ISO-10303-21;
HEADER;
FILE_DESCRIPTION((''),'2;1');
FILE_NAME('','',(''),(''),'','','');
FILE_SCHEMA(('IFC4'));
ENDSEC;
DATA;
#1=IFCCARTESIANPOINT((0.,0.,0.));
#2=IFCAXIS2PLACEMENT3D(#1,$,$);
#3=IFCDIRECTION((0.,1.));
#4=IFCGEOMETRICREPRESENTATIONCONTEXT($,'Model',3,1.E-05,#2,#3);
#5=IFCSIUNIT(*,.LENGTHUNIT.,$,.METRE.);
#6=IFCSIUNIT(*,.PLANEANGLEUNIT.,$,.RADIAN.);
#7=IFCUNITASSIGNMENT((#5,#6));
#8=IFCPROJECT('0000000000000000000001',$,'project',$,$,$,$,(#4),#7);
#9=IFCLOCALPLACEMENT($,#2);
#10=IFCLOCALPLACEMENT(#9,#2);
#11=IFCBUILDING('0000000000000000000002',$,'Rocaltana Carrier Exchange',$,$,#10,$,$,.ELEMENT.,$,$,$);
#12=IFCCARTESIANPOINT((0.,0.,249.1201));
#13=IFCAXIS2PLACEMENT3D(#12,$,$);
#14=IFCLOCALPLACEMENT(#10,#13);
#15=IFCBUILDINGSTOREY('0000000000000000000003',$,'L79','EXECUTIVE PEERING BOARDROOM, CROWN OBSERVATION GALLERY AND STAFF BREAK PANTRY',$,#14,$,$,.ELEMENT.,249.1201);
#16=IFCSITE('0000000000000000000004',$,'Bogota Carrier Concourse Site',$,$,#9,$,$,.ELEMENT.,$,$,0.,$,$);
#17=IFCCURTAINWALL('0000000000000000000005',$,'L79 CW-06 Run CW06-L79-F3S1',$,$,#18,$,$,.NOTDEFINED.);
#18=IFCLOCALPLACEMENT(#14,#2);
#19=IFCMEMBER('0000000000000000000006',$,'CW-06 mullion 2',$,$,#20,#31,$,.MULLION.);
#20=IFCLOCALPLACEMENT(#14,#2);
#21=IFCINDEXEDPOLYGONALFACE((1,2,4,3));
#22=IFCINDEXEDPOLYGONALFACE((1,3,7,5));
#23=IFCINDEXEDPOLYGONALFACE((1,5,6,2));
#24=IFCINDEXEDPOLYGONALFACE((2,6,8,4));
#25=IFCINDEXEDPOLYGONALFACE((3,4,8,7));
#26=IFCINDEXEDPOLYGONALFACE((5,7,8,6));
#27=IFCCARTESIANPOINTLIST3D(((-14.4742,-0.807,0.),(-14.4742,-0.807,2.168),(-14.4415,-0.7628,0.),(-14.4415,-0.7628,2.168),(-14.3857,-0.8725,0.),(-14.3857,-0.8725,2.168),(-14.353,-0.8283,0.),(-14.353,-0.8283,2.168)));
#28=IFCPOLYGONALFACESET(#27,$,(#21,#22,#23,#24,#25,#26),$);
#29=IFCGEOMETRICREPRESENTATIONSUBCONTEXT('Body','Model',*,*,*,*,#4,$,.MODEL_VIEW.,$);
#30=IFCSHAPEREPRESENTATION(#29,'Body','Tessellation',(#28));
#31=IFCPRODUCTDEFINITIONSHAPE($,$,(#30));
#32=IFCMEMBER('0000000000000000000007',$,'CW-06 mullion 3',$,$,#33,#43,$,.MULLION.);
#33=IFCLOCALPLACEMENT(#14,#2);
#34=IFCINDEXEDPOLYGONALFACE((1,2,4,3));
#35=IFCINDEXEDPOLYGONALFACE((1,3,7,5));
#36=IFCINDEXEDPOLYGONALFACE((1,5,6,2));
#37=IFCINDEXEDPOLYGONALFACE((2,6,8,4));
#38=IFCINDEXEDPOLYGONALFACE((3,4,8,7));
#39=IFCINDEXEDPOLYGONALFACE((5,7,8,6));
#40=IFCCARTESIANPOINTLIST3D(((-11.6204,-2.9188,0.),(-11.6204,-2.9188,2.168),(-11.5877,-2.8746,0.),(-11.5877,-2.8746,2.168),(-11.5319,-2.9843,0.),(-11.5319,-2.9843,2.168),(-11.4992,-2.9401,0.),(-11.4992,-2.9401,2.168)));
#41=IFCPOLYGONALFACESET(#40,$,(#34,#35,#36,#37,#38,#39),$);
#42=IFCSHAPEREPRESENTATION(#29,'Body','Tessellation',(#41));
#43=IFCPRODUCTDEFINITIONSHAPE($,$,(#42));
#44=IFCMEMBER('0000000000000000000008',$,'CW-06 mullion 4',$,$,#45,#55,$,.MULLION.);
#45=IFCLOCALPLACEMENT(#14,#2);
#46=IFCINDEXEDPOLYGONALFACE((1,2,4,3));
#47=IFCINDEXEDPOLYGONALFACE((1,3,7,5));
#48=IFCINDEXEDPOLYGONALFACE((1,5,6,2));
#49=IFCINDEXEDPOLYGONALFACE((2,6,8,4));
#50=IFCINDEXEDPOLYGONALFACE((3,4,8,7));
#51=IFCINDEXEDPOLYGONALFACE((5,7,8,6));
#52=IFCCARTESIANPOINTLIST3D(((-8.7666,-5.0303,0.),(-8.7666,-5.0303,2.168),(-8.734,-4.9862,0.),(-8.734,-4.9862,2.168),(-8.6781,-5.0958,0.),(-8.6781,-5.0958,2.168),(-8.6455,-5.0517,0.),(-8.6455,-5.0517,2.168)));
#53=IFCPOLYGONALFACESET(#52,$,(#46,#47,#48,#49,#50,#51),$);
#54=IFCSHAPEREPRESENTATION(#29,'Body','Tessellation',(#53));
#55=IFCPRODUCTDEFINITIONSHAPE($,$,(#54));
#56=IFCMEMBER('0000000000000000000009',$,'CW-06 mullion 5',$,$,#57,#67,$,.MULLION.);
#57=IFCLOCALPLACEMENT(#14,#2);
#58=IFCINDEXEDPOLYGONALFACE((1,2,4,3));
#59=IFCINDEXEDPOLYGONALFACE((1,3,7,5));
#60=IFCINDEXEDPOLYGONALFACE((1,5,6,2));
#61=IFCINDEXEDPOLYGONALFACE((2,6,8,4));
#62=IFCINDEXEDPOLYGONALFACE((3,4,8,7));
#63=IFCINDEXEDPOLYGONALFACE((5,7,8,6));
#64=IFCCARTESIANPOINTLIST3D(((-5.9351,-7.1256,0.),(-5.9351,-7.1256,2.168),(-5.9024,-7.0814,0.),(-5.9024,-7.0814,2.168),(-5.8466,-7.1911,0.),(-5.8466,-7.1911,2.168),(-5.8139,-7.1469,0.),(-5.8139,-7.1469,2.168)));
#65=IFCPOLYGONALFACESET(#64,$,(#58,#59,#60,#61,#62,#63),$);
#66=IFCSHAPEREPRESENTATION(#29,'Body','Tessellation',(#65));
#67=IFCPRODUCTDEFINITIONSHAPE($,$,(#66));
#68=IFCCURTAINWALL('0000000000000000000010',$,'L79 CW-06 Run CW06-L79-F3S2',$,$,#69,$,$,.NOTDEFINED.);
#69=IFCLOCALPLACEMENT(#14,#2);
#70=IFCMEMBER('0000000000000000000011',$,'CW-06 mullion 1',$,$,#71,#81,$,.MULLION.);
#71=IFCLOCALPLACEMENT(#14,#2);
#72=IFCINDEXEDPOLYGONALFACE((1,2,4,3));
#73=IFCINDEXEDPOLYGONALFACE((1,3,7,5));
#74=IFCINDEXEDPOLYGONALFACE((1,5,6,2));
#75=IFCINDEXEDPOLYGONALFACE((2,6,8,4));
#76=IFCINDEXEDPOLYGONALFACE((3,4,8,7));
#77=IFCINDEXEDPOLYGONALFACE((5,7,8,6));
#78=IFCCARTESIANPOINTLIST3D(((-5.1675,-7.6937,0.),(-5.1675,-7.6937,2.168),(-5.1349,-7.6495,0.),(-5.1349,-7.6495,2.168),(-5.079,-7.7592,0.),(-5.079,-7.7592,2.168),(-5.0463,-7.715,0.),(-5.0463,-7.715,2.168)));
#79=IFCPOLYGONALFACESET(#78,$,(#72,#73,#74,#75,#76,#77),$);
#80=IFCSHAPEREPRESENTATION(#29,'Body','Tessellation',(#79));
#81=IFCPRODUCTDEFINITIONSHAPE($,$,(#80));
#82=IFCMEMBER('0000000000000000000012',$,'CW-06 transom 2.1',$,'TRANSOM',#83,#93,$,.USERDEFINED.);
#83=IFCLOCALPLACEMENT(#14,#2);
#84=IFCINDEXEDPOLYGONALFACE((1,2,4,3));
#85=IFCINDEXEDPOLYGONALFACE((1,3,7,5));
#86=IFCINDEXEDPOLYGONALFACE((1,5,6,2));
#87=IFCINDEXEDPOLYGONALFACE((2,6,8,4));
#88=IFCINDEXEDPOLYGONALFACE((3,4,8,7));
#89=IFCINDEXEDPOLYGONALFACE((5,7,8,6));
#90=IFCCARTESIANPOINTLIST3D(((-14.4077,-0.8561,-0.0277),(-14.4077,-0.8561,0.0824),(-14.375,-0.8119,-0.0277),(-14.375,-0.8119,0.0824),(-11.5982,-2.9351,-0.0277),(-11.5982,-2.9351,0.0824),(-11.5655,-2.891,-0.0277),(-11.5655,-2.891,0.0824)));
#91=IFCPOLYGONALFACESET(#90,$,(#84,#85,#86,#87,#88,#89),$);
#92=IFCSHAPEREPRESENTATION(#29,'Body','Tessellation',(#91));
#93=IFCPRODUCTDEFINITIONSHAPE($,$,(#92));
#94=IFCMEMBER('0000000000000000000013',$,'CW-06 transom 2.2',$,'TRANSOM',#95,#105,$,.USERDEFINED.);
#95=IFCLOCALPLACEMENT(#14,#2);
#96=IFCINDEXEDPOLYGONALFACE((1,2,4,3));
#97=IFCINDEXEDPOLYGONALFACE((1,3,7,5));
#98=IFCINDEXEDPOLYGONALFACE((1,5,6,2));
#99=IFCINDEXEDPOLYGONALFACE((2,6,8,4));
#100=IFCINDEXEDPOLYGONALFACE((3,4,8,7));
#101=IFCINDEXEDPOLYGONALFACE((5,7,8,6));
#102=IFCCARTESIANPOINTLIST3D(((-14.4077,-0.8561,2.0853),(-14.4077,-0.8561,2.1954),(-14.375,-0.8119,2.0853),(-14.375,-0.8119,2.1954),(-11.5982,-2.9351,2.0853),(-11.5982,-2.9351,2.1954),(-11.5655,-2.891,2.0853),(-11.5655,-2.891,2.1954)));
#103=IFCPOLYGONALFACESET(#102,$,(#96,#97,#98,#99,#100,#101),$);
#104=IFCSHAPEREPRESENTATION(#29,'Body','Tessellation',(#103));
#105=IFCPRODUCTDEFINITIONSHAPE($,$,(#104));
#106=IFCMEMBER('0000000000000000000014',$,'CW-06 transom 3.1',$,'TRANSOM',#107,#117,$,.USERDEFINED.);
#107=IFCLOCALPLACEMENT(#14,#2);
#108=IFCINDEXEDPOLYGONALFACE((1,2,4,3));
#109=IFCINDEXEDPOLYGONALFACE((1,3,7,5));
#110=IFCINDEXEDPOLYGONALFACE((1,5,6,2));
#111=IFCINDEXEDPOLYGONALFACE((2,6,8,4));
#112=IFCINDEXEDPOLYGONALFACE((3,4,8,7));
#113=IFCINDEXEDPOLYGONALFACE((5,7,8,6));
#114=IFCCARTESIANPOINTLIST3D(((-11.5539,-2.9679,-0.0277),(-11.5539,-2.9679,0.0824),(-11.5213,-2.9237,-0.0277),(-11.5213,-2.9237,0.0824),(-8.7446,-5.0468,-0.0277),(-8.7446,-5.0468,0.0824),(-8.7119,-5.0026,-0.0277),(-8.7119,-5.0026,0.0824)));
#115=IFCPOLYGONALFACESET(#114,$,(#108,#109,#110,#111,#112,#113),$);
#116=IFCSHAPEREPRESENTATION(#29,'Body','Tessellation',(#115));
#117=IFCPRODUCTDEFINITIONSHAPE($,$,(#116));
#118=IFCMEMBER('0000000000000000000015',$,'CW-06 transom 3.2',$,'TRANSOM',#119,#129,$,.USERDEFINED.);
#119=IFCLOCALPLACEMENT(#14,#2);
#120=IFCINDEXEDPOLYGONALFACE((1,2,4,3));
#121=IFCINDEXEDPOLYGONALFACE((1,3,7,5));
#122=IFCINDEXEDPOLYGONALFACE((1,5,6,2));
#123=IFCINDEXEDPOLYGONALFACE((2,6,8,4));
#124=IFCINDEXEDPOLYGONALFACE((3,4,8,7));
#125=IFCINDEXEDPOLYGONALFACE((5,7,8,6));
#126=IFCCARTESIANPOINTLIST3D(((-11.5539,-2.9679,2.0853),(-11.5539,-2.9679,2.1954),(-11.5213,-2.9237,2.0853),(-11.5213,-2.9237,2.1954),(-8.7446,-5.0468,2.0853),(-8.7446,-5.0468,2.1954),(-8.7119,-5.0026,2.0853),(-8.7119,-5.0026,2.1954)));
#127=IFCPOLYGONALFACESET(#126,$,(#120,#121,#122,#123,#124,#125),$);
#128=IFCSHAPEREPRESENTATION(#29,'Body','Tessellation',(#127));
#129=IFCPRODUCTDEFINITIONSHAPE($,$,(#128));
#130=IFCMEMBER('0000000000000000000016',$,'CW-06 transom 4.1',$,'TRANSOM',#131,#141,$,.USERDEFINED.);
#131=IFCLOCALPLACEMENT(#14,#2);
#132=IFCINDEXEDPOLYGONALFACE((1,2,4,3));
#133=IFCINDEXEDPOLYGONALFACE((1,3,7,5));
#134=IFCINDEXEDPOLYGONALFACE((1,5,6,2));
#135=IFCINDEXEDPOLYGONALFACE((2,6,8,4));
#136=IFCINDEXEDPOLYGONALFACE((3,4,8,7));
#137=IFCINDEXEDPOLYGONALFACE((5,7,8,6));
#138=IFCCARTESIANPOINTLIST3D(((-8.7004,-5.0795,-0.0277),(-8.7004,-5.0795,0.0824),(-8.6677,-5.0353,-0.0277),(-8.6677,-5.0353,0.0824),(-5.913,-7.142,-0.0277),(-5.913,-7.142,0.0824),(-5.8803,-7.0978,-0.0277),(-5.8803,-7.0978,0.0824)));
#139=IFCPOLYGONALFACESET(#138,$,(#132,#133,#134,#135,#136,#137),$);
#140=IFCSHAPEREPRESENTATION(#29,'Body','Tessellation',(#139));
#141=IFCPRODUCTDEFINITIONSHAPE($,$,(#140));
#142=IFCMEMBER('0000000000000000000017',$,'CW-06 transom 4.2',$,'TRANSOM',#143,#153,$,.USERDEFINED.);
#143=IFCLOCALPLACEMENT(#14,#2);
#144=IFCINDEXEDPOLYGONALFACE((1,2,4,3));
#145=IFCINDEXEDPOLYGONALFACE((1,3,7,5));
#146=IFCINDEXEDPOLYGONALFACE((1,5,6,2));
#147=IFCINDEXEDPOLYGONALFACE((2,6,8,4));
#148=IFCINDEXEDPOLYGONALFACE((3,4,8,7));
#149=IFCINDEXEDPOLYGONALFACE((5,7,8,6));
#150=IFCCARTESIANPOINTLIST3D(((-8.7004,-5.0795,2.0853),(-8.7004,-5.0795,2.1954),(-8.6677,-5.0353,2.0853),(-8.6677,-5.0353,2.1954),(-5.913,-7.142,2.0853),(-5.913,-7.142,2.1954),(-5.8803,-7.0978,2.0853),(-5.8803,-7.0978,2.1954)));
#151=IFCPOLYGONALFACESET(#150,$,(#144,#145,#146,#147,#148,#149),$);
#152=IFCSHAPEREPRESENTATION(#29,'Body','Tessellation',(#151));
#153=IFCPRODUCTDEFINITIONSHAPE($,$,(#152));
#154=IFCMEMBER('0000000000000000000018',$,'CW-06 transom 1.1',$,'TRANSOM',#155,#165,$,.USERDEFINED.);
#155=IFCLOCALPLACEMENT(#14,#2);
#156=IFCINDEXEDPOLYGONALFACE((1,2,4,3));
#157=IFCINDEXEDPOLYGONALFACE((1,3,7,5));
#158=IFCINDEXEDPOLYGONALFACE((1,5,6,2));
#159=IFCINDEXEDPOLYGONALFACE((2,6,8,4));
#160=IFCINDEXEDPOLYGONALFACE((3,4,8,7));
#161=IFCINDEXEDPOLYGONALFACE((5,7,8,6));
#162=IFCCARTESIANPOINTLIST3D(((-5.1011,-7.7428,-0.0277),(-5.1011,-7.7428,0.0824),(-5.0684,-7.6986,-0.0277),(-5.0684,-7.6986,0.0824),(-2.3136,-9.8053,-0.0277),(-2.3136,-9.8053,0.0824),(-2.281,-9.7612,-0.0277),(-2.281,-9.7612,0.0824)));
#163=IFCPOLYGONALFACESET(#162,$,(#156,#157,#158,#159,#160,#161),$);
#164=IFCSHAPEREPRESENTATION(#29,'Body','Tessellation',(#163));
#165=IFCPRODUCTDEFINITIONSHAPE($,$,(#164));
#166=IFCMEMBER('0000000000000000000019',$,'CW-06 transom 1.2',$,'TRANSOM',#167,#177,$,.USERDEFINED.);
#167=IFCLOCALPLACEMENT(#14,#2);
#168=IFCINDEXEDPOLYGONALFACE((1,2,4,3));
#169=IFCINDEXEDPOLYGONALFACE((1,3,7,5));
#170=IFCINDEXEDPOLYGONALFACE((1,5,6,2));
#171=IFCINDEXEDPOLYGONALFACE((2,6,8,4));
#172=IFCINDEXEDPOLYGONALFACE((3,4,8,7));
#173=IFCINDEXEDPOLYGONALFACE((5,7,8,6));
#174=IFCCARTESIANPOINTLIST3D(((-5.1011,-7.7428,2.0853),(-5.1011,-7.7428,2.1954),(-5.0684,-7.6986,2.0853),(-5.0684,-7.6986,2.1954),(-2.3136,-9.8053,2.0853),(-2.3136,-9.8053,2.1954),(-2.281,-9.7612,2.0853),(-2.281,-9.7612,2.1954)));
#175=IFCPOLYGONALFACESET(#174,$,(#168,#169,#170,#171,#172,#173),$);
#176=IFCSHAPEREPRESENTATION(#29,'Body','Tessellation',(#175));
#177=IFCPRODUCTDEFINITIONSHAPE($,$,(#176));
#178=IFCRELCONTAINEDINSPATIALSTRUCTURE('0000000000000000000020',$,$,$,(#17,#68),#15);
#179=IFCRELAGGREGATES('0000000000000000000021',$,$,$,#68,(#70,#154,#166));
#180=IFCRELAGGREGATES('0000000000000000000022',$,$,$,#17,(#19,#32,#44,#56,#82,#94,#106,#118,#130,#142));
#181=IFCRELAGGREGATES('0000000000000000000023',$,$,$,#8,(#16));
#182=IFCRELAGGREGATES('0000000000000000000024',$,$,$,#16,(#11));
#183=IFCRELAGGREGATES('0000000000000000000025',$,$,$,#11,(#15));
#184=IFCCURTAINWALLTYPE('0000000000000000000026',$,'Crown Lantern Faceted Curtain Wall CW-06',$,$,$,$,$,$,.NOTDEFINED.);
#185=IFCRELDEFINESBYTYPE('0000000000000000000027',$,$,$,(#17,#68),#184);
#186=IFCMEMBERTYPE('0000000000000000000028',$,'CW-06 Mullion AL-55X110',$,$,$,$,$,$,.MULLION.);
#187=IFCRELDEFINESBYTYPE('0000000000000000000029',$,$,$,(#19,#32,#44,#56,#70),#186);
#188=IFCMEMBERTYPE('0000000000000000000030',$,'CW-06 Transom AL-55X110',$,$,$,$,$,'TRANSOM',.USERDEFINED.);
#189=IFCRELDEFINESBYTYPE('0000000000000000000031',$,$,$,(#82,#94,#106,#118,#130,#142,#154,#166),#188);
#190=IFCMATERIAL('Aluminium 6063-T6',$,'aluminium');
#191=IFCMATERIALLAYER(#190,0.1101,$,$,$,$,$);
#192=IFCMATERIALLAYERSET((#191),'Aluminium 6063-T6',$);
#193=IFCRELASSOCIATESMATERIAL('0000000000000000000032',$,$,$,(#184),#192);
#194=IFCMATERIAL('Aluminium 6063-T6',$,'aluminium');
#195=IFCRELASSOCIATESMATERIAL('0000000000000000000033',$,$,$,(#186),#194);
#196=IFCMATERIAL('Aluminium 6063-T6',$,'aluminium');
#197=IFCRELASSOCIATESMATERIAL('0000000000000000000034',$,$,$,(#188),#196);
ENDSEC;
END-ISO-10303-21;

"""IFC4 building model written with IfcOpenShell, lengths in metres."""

from ifc_helpers import new_model, si_unit, direction, frame, origin, origin_2d, place, context, subcontext, project, spatial, rectangle, extrude, material, layer, layer_set, material_profile, profile_set, type_object, element, aggregate, save


model = new_model("IFC4")

# Units and contexts
model_context = context("Model", 3, precision=1e-05, world=origin(), true_north=direction((0.0, 1.0)))
body_context = subcontext(model_context, "Body", "Model", "MODEL_VIEW")
ifc_project = project(units=[si_unit("LENGTHUNIT", "METRE"), si_unit("PLANEANGLEUNIT", "RADIAN")], contexts=[model_context])

# Site, building, storey
site_placement = place(None, origin())
site = spatial("IfcSite", under=ifc_project, at=site_placement, Name="Bogota Carrier Concourse Site", CompositionType="ELEMENT", RefElevation=0.0)
building_placement = place(site_placement, origin())
building = spatial("IfcBuilding", under=site, at=building_placement, Name="Rocaltana Carrier Exchange", CompositionType="ELEMENT")
storey_placement = place(building_placement, frame((0.0, 0.0, 249.1201)))
storey = spatial("IfcBuildingStorey", under=building, at=storey_placement, Name="L79", Description="EXECUTIVE PEERING BOARDROOM, CROWN OBSERVATION GALLERY AND STAFF BREAK PANTRY", CompositionType="ELEMENT", Elevation=249.1201)

# Curtain wall, members
ifc_material_1 = material(Name="Aluminium 6063-T6", Category="aluminium")
ifc_layer_1 = layer(ifc_material_1, 0.1101)
ifc_layer_set_1 = layer_set([ifc_layer_1], Name="Aluminium 6063-T6")
curtain_wall_type = type_object("IfcCurtainWallType", Name="Crown Lantern Faceted Curtain Wall CW-06", PredefinedType="NOTDEFINED", material=ifc_layer_set_1)
curtain_wall_1_placement = place(storey_placement, origin())
curtain_wall_1 = element("IfcCurtainWall", 1, at=curtain_wall_1_placement, inside=storey, type_object=curtain_wall_type, Name="L79 CW-06 Run CW06-L79-F3S1", PredefinedType="NOTDEFINED")
ifc_material_2 = material(Name="Aluminium 6063-T6", Category="aluminium")
ifc_material_profile_1 = material_profile(ifc_material_2, rectangle(XDim=0.0549, YDim=0.1101, at=origin_2d()), Name="AL-55X110")
ifc_profile_set_1 = profile_set([ifc_material_profile_1], Name="Aluminium 6063-T6")
member_type_1 = type_object("IfcMemberType", Name="CW-06 Mullion AL-55X110", PredefinedType="MULLION", material=ifc_profile_set_1)
member_1_placement = place(storey_placement, frame((-14.4136, -0.8176, 0.0), z_axis=(0.0, 0.0, 1.0), x_axis=(0.594822, 0.803857, 0.0)))
member_1 = element("IfcMember", 2, at=member_1_placement, type_object=member_type_1, Name="CW-06 mullion 2", PredefinedType="MULLION", context=body_context, shape_type="SweptSolid", body=[
    extrude(rectangle(XDim=0.0549, YDim=0.1101, at=origin_2d()), origin(), (0.0, 0.0, 1.0), 2.168),
])
member_2_placement = place(storey_placement, frame((-11.5598, -2.9294, 0.0), z_axis=(0.0, 0.0, 1.0), x_axis=(0.594822, 0.803857, 0.0)))
member_2 = element("IfcMember", 3, at=member_2_placement, type_object=member_type_1, Name="CW-06 mullion 3", PredefinedType="MULLION", context=body_context, shape_type="SweptSolid", body=[
    extrude(rectangle(XDim=0.0549, YDim=0.1101, at=origin_2d()), origin(), (0.0, 0.0, 1.0), 2.168),
])
member_3_placement = place(storey_placement, frame((-8.7061, -5.041, 0.0), z_axis=(0.0, 0.0, 1.0), x_axis=(0.594822, 0.803857, 0.0)))
member_3 = element("IfcMember", 4, at=member_3_placement, type_object=member_type_1, Name="CW-06 mullion 4", PredefinedType="MULLION", context=body_context, shape_type="SweptSolid", body=[
    extrude(rectangle(XDim=0.0549, YDim=0.1101, at=origin_2d()), origin(), (0.0, 0.0, 1.0), 2.168),
])
member_4_placement = place(storey_placement, frame((-5.8745, -7.1362, 0.0), z_axis=(0.0, 0.0, 1.0), x_axis=(0.594822, 0.803857, 0.0)))
member_4 = element("IfcMember", 5, at=member_4_placement, type_object=member_type_1, Name="CW-06 mullion 5", PredefinedType="MULLION", context=body_context, shape_type="SweptSolid", body=[
    extrude(rectangle(XDim=0.0549, YDim=0.1101, at=origin_2d()), origin(), (0.0, 0.0, 1.0), 2.168),
])

# Curtain wall, member
curtain_wall_2_placement = place(storey_placement, origin())
curtain_wall_2 = element("IfcCurtainWall", 6, at=curtain_wall_2_placement, inside=storey, type_object=curtain_wall_type, Name="L79 CW-06 Run CW06-L79-F3S2", PredefinedType="NOTDEFINED")
member_5_placement = place(storey_placement, frame((-5.1069, -7.7043, 0.0), z_axis=(0.0, 0.0, 1.0), x_axis=(0.594822, 0.803857, 0.0)))
member_5 = element("IfcMember", 7, at=member_5_placement, type_object=member_type_1, Name="CW-06 mullion 1", PredefinedType="MULLION", context=body_context, shape_type="SweptSolid", body=[
    extrude(rectangle(XDim=0.0549, YDim=0.1101, at=origin_2d()), origin(), (0.0, 0.0, 1.0), 2.168),
])

# Members
ifc_material_3 = material(Name="Aluminium 6063-T6", Category="aluminium")
ifc_material_profile_2 = material_profile(ifc_material_3, rectangle(XDim=0.0549, YDim=0.1101, at=origin_2d()), Name="AL-55X110")
ifc_profile_set_2 = profile_set([ifc_material_profile_2], Name="Aluminium 6063-T6")
member_type_2 = type_object("IfcMemberType", Name="CW-06 Transom AL-55X110", ElementType="TRANSOM", PredefinedType="USERDEFINED", material=ifc_profile_set_2)
member_6_placement = place(storey_placement, frame((-14.3914, -0.834, 0.0273), z_axis=(0.803839, -0.594847, 0.0), x_axis=(0.594847, 0.803839, 0.0)))
member_6 = element("IfcMember", 8, at=member_6_placement, type_object=member_type_2, Name="CW-06 transom 2.1", ObjectType="TRANSOM", PredefinedType="USERDEFINED", context=body_context, shape_type="SweptSolid", body=[
    extrude(rectangle(XDim=0.0549, YDim=0.1101, at=origin_2d()), origin(), (0.0, 0.0, 1.0), 3.4951),
])
member_7_placement = place(storey_placement, frame((-14.3914, -0.834, 2.1404), z_axis=(0.803839, -0.594847, 0.0), x_axis=(0.594847, 0.803839, 0.0)))
member_7 = element("IfcMember", 9, at=member_7_placement, type_object=member_type_2, Name="CW-06 transom 2.2", ObjectType="TRANSOM", PredefinedType="USERDEFINED", context=body_context, shape_type="SweptSolid", body=[
    extrude(rectangle(XDim=0.0549, YDim=0.1101, at=origin_2d()), origin(), (0.0, 0.0, 1.0), 3.4951),
])
member_8_placement = place(storey_placement, frame((-11.5376, -2.9458, 0.0273), z_axis=(0.803848, -0.594835, 0.0), x_axis=(0.594835, 0.803848, 0.0)))
member_8 = element("IfcMember", 10, at=member_8_placement, type_object=member_type_2, Name="CW-06 transom 3.1", ObjectType="TRANSOM", PredefinedType="USERDEFINED", context=body_context, shape_type="SweptSolid", body=[
    extrude(rectangle(XDim=0.0549, YDim=0.1101, at=origin_2d()), origin(), (0.0, 0.0, 1.0), 3.4949),
])
member_9_placement = place(storey_placement, frame((-11.5376, -2.9458, 2.1404), z_axis=(0.803848, -0.594835, 0.0), x_axis=(0.594835, 0.803848, 0.0)))
member_9 = element("IfcMember", 11, at=member_9_placement, type_object=member_type_2, Name="CW-06 transom 3.2", ObjectType="TRANSOM", PredefinedType="USERDEFINED", context=body_context, shape_type="SweptSolid", body=[
    extrude(rectangle(XDim=0.0549, YDim=0.1101, at=origin_2d()), origin(), (0.0, 0.0, 1.0), 3.4949),
])
member_10_placement = place(storey_placement, frame((-8.6841, -5.0574, 0.0273), z_axis=(0.803861, -0.594817, 0.0), x_axis=(0.594817, 0.803861, 0.0)))
member_10 = element("IfcMember", 12, at=member_10_placement, type_object=member_type_2, Name="CW-06 transom 4.1", ObjectType="TRANSOM", PredefinedType="USERDEFINED", context=body_context, shape_type="SweptSolid", body=[
    extrude(rectangle(XDim=0.0549, YDim=0.1101, at=origin_2d()), origin(), (0.0, 0.0, 1.0), 3.4675),
])
member_11_placement = place(storey_placement, frame((-8.6841, -5.0574, 2.1404), z_axis=(0.803861, -0.594817, 0.0), x_axis=(0.594817, 0.803861, 0.0)))
member_11 = element("IfcMember", 13, at=member_11_placement, type_object=member_type_2, Name="CW-06 transom 4.2", ObjectType="TRANSOM", PredefinedType="USERDEFINED", context=body_context, shape_type="SweptSolid", body=[
    extrude(rectangle(XDim=0.0549, YDim=0.1101, at=origin_2d()), origin(), (0.0, 0.0, 1.0), 3.4675),
])
member_12_placement = place(storey_placement, frame((-5.0847, -7.7207, 0.0273), z_axis=(0.803861, -0.594817, 0.0), x_axis=(0.594817, 0.803861, 0.0)))
member_12 = element("IfcMember", 14, at=member_12_placement, type_object=member_type_2, Name="CW-06 transom 1.1", ObjectType="TRANSOM", PredefinedType="USERDEFINED", context=body_context, shape_type="SweptSolid", body=[
    extrude(rectangle(XDim=0.0549, YDim=0.1101, at=origin_2d()), origin(), (0.0, 0.0, 1.0), 3.4675),
])
member_13_placement = place(storey_placement, frame((-5.0847, -7.7207, 2.1404), z_axis=(0.803861, -0.594817, 0.0), x_axis=(0.594817, 0.803861, 0.0)))
member_13 = element("IfcMember", 15, at=member_13_placement, type_object=member_type_2, Name="CW-06 transom 1.2", ObjectType="TRANSOM", PredefinedType="USERDEFINED", context=body_context, shape_type="SweptSolid", body=[
    extrude(rectangle(XDim=0.0549, YDim=0.1101, at=origin_2d()), origin(), (0.0, 0.0, 1.0), 3.4675),
])
aggregate(curtain_wall_2, [member_5, member_12, member_13])

aggregate(curtain_wall_1, [member_1, member_2, member_3, member_4, member_6, member_7, member_8, member_9, member_10, member_11])

save(model, "model.ifc")
